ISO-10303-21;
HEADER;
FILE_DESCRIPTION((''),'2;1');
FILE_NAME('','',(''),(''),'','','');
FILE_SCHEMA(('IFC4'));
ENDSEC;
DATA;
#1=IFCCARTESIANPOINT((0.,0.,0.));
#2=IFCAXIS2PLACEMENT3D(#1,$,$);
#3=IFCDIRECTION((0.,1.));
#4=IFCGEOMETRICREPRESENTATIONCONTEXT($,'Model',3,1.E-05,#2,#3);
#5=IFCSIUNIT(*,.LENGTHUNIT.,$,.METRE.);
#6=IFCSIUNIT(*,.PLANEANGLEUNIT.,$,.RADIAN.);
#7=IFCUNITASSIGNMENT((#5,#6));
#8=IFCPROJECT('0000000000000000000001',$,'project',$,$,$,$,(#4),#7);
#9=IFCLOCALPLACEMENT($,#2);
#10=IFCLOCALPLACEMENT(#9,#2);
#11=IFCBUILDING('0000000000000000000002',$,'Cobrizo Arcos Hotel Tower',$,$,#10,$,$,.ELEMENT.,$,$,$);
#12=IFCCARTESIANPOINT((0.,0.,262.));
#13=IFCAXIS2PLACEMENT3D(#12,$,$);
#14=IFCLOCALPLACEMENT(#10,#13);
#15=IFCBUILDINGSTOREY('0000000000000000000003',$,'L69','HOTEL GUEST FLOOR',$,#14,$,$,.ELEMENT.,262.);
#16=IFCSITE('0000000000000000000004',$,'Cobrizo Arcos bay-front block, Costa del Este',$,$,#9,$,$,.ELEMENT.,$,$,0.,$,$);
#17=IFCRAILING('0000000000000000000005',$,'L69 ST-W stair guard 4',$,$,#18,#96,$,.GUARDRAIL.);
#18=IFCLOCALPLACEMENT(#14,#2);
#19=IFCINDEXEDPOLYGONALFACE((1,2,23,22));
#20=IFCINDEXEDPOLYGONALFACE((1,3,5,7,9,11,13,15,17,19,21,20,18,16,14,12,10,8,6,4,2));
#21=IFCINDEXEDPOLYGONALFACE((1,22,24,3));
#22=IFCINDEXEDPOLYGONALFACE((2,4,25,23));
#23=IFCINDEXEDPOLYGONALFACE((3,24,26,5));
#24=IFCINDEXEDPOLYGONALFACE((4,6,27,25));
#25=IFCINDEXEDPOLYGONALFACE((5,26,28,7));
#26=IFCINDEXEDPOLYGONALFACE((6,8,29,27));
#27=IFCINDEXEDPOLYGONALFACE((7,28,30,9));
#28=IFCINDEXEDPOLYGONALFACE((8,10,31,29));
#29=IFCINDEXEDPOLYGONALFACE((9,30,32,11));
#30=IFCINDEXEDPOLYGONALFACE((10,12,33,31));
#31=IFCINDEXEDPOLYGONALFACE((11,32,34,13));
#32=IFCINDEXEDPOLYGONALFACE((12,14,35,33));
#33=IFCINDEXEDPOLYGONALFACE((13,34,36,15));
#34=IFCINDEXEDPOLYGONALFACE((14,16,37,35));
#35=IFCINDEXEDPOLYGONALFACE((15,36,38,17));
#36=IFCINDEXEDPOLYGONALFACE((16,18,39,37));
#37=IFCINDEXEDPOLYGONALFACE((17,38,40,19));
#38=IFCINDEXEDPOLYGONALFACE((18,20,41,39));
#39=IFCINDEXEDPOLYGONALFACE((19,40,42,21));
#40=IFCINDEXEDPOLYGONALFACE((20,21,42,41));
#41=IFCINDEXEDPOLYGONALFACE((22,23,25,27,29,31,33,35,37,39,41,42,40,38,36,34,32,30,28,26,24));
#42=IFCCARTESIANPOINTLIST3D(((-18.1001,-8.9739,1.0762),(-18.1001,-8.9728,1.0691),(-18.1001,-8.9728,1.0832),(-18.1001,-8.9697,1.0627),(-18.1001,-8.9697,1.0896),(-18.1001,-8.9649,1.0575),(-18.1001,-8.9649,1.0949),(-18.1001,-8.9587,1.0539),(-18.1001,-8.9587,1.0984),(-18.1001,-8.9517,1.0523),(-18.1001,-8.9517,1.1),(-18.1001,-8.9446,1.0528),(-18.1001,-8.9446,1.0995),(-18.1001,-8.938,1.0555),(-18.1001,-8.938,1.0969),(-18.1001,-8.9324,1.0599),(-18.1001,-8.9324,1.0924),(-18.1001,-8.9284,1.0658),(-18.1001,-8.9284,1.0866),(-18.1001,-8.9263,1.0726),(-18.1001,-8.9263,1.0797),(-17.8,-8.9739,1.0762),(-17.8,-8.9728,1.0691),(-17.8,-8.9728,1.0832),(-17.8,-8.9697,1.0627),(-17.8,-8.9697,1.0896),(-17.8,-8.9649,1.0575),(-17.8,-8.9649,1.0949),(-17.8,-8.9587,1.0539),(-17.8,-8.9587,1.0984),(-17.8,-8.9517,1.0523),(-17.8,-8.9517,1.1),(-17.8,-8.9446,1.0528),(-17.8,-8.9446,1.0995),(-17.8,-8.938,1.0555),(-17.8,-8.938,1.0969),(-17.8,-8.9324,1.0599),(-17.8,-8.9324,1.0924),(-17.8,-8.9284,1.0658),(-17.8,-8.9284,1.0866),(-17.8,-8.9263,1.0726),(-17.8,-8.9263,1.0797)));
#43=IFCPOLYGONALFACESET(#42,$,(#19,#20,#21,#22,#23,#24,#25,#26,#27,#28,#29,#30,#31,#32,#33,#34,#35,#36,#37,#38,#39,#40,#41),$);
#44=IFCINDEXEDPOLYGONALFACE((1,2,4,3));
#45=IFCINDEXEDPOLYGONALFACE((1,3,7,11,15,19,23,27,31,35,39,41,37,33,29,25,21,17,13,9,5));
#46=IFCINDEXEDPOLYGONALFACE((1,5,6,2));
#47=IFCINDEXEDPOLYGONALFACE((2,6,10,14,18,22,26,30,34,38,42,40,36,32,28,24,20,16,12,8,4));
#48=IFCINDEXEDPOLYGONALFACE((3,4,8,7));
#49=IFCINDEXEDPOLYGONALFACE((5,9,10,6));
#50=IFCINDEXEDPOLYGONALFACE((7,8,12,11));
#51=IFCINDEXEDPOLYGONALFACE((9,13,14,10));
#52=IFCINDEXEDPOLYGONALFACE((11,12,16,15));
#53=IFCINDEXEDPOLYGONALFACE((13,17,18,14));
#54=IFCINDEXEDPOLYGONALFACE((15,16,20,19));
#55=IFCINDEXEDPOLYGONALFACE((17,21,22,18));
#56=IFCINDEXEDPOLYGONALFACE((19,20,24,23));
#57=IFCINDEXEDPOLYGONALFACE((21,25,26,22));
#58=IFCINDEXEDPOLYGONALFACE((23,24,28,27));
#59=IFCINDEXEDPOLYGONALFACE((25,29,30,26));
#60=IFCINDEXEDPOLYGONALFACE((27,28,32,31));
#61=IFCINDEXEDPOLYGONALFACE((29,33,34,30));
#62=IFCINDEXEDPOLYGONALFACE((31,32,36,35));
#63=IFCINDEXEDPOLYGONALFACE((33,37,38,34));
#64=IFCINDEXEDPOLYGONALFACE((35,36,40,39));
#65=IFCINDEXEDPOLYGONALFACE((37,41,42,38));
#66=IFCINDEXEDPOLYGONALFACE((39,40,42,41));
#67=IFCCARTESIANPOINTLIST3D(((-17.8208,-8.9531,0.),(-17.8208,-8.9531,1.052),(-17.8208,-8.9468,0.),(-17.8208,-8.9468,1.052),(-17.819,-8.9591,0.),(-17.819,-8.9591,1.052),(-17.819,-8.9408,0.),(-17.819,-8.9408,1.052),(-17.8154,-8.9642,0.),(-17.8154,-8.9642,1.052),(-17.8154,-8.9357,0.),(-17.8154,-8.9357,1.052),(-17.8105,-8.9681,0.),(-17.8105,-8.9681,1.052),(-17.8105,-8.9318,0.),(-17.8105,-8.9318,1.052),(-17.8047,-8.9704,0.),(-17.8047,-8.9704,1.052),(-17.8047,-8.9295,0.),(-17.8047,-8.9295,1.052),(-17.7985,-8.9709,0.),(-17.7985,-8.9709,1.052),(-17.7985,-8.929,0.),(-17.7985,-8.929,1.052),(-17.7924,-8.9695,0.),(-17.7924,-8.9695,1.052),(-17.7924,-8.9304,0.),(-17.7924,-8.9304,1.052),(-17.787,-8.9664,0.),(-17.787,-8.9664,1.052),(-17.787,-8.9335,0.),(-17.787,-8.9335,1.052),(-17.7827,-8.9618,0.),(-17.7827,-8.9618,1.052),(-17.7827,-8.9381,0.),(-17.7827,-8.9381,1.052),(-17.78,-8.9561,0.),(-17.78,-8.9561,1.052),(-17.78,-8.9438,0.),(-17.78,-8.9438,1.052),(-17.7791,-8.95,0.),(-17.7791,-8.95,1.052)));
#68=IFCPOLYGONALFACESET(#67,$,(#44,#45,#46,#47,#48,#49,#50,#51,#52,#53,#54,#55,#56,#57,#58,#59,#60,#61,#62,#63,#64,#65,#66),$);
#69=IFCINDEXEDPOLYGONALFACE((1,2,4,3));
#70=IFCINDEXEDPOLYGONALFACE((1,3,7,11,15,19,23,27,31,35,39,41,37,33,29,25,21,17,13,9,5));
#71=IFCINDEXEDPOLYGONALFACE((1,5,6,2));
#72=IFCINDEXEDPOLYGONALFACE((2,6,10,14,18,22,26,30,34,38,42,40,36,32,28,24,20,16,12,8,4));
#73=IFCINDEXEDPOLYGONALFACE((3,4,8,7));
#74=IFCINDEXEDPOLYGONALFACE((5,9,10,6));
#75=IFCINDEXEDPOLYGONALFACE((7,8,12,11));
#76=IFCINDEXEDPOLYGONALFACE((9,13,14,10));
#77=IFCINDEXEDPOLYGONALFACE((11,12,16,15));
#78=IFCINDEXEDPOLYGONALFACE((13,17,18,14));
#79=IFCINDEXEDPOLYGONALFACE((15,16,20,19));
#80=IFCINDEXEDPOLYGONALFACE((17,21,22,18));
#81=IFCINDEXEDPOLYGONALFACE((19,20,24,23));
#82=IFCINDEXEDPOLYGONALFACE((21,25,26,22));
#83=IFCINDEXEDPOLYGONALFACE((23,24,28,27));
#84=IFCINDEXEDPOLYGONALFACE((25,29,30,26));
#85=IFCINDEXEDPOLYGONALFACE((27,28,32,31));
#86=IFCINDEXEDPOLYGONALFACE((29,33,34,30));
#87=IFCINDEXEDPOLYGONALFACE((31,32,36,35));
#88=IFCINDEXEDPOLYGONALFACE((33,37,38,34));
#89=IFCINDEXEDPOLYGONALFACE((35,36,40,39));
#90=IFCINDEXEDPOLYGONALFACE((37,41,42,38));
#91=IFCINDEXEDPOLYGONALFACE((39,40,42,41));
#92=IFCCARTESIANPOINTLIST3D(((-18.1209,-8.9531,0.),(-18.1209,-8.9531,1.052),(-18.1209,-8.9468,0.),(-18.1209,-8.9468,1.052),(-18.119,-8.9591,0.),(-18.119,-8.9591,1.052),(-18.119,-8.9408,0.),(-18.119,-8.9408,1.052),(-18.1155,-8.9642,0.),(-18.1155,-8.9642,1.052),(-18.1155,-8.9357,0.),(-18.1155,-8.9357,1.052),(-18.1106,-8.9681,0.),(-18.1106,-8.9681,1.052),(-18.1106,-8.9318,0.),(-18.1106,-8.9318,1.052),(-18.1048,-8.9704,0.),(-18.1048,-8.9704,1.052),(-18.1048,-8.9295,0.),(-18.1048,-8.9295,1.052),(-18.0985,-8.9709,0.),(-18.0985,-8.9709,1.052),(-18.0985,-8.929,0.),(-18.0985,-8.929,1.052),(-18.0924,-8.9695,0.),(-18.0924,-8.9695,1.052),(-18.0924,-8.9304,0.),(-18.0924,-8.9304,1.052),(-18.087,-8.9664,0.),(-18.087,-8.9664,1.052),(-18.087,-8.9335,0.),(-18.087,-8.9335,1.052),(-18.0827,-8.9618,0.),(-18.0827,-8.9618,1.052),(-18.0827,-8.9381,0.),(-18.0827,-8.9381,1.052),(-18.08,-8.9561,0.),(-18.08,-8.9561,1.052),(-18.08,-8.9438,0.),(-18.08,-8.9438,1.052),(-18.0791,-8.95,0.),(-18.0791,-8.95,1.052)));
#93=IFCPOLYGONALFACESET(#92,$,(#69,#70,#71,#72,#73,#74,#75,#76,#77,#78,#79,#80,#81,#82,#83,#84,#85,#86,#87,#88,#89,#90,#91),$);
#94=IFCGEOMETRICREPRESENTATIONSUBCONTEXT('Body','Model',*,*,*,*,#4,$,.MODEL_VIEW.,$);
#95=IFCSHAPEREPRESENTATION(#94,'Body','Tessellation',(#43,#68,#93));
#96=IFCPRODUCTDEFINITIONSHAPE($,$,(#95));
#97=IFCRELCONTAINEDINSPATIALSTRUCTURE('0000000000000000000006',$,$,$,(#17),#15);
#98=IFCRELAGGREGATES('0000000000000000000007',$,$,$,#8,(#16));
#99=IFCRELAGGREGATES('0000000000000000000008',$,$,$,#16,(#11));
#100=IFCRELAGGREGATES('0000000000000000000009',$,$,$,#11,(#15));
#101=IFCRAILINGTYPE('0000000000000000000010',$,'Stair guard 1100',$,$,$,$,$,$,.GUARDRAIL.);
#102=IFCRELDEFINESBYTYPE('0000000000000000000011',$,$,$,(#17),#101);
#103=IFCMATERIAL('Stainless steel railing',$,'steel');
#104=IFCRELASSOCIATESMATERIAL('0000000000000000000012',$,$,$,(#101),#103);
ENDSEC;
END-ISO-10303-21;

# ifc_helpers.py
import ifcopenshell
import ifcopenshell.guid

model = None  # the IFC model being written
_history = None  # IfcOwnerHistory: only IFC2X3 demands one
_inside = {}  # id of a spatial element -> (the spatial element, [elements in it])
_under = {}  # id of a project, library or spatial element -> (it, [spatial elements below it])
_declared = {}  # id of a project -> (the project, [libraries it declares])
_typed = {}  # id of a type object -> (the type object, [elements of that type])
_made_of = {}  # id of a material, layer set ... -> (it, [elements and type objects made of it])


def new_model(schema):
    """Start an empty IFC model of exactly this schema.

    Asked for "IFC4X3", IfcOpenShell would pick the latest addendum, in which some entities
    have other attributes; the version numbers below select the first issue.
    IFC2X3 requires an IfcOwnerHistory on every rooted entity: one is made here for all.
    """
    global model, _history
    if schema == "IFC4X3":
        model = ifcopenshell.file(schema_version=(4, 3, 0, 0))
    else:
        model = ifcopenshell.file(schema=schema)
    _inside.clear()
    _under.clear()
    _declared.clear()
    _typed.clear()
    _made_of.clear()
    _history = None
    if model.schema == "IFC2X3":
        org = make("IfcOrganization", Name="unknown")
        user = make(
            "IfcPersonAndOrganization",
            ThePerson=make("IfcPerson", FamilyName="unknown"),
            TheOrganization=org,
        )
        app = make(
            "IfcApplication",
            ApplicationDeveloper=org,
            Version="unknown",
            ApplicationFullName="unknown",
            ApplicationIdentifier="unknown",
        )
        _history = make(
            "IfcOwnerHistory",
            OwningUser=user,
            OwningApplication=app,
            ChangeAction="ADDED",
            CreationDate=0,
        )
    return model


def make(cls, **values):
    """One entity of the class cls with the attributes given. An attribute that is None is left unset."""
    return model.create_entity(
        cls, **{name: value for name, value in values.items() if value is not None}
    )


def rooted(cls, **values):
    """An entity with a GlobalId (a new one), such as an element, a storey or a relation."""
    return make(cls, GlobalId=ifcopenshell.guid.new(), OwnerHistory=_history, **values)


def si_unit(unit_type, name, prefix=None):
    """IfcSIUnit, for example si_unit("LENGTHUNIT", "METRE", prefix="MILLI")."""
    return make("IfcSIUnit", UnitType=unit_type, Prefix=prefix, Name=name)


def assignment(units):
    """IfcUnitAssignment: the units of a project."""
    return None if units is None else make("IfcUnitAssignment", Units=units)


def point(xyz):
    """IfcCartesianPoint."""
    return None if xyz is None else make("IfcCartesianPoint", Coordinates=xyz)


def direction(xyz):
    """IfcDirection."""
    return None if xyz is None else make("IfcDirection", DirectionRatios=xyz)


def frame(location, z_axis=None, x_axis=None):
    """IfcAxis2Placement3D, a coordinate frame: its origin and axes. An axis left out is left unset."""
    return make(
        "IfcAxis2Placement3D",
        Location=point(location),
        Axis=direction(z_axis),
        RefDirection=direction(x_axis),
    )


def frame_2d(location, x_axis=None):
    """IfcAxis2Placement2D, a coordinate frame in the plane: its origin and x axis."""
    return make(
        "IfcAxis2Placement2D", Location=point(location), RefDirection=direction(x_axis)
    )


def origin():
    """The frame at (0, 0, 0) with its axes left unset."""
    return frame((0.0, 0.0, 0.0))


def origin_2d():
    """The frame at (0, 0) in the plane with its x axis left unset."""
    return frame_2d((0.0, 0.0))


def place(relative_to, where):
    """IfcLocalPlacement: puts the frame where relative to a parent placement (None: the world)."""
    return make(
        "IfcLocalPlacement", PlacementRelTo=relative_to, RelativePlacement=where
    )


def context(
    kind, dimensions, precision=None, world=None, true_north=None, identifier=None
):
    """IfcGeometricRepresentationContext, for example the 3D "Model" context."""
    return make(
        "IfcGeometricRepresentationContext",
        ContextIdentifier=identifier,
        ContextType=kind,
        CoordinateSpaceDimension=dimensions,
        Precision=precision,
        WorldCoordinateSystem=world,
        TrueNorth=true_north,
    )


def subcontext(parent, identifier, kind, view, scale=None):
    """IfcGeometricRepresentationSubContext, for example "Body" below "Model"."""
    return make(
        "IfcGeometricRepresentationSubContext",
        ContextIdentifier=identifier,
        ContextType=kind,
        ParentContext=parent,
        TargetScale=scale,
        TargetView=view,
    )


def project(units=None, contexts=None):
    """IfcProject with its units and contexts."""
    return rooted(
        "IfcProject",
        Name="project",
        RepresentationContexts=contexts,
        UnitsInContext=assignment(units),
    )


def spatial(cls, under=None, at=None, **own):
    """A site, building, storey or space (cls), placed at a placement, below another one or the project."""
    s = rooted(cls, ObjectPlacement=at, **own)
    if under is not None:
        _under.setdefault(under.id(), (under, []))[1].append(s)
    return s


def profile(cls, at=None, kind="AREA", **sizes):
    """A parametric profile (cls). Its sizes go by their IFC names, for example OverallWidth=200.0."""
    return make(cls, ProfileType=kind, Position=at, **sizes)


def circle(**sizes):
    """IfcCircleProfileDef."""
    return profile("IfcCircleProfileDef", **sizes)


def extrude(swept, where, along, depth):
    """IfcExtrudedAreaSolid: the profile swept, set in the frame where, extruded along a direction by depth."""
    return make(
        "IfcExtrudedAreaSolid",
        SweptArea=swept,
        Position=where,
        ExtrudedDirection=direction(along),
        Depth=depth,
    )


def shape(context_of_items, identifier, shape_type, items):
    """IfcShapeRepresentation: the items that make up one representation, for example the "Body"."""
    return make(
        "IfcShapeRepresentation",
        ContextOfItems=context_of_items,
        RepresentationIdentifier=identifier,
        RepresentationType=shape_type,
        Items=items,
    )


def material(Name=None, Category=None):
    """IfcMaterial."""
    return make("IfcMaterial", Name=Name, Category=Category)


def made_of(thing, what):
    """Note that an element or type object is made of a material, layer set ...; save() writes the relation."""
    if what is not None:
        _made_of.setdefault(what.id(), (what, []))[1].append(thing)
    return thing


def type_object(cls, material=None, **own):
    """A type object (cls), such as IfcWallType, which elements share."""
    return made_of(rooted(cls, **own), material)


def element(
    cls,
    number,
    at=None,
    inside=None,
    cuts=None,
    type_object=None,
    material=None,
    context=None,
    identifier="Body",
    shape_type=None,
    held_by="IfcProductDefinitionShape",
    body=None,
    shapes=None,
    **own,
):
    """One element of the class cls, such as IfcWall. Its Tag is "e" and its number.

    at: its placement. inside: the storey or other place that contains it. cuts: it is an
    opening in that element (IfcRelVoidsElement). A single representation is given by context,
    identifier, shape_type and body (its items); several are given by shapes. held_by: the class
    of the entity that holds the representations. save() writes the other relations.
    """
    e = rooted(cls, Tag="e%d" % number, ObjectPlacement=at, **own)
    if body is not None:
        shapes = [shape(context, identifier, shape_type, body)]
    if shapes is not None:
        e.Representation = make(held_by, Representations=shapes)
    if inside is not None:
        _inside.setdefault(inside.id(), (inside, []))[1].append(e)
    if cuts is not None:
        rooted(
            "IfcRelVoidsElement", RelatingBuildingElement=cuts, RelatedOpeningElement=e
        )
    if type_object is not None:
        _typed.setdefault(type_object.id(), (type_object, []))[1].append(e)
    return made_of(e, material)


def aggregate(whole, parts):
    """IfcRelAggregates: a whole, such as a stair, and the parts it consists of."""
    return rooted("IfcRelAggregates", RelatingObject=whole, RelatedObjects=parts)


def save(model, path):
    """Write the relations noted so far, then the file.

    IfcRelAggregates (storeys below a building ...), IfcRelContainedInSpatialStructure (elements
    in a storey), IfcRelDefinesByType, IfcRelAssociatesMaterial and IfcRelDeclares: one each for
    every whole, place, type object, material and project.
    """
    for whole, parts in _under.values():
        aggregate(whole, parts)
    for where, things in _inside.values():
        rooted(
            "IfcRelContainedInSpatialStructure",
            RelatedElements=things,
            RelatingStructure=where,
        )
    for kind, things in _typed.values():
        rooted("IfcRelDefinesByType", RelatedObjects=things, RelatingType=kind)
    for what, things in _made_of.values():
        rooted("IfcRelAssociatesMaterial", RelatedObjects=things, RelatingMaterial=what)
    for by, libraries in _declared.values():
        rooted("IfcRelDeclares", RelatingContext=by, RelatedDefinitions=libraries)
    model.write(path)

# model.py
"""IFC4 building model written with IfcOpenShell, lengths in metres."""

from ifc_helpers import new_model, si_unit, direction, frame, origin, origin_2d, place, context, subcontext, project, spatial, circle, extrude, material, type_object, element, save


model = new_model("IFC4")

# Units and contexts
model_context = context("Model", 3, precision=1e-05, world=origin(), true_north=direction((0.0, 1.0)))
body_context = subcontext(model_context, "Body", "Model", "MODEL_VIEW")
ifc_project = project(units=[si_unit("LENGTHUNIT", "METRE"), si_unit("PLANEANGLEUNIT", "RADIAN")], contexts=[model_context])

# Site, building, storey
site_placement = place(None, origin())
site = spatial("IfcSite", under=ifc_project, at=site_placement, Name="Cobrizo Arcos bay-front block, Costa del Este", CompositionType="ELEMENT", RefElevation=0.0)
building_placement = place(site_placement, origin())
building = spatial("IfcBuilding", under=site, at=building_placement, Name="Cobrizo Arcos Hotel Tower", CompositionType="ELEMENT")
storey_placement = place(building_placement, frame((0.0, 0.0, 262.0)))
storey = spatial("IfcBuildingStorey", under=building, at=storey_placement, Name="L69", Description="HOTEL GUEST FLOOR", CompositionType="ELEMENT", Elevation=262.0)

# Railing
ifc_material_1 = material(Name="Stainless steel railing", Category="steel")
railing_type = type_object("IfcRailingType", Name="Stair guard 1100", PredefinedType="GUARDRAIL", material=ifc_material_1)
railing_1_placement = place(storey_placement, frame((-17.8, -8.95, 0.0)))
element("IfcRailing", 1, at=railing_1_placement, inside=storey, type_object=railing_type, Name="L69 ST-W stair guard 4", PredefinedType="GUARDRAIL", context=body_context, shape_type="SweptSolid", body=[
    extrude(circle(Radius=0.0239, at=origin_2d()), frame((0.0, 0.0, 1.0762), z_axis=(-1.0, 0.0, 0.0), x_axis=(0.0, -1.0, 0.0)), (0.0, 0.0, 1.0), 0.3),
    extrude(circle(Radius=0.021, at=origin_2d()), origin(), (0.0, 0.0, 1.0), 1.052),
    extrude(circle(Radius=0.021, at=origin_2d()), frame((-0.3, 0.0, 0.0)), (0.0, 0.0, 1.0), 1.052),
])

save(model, "model.ifc")
